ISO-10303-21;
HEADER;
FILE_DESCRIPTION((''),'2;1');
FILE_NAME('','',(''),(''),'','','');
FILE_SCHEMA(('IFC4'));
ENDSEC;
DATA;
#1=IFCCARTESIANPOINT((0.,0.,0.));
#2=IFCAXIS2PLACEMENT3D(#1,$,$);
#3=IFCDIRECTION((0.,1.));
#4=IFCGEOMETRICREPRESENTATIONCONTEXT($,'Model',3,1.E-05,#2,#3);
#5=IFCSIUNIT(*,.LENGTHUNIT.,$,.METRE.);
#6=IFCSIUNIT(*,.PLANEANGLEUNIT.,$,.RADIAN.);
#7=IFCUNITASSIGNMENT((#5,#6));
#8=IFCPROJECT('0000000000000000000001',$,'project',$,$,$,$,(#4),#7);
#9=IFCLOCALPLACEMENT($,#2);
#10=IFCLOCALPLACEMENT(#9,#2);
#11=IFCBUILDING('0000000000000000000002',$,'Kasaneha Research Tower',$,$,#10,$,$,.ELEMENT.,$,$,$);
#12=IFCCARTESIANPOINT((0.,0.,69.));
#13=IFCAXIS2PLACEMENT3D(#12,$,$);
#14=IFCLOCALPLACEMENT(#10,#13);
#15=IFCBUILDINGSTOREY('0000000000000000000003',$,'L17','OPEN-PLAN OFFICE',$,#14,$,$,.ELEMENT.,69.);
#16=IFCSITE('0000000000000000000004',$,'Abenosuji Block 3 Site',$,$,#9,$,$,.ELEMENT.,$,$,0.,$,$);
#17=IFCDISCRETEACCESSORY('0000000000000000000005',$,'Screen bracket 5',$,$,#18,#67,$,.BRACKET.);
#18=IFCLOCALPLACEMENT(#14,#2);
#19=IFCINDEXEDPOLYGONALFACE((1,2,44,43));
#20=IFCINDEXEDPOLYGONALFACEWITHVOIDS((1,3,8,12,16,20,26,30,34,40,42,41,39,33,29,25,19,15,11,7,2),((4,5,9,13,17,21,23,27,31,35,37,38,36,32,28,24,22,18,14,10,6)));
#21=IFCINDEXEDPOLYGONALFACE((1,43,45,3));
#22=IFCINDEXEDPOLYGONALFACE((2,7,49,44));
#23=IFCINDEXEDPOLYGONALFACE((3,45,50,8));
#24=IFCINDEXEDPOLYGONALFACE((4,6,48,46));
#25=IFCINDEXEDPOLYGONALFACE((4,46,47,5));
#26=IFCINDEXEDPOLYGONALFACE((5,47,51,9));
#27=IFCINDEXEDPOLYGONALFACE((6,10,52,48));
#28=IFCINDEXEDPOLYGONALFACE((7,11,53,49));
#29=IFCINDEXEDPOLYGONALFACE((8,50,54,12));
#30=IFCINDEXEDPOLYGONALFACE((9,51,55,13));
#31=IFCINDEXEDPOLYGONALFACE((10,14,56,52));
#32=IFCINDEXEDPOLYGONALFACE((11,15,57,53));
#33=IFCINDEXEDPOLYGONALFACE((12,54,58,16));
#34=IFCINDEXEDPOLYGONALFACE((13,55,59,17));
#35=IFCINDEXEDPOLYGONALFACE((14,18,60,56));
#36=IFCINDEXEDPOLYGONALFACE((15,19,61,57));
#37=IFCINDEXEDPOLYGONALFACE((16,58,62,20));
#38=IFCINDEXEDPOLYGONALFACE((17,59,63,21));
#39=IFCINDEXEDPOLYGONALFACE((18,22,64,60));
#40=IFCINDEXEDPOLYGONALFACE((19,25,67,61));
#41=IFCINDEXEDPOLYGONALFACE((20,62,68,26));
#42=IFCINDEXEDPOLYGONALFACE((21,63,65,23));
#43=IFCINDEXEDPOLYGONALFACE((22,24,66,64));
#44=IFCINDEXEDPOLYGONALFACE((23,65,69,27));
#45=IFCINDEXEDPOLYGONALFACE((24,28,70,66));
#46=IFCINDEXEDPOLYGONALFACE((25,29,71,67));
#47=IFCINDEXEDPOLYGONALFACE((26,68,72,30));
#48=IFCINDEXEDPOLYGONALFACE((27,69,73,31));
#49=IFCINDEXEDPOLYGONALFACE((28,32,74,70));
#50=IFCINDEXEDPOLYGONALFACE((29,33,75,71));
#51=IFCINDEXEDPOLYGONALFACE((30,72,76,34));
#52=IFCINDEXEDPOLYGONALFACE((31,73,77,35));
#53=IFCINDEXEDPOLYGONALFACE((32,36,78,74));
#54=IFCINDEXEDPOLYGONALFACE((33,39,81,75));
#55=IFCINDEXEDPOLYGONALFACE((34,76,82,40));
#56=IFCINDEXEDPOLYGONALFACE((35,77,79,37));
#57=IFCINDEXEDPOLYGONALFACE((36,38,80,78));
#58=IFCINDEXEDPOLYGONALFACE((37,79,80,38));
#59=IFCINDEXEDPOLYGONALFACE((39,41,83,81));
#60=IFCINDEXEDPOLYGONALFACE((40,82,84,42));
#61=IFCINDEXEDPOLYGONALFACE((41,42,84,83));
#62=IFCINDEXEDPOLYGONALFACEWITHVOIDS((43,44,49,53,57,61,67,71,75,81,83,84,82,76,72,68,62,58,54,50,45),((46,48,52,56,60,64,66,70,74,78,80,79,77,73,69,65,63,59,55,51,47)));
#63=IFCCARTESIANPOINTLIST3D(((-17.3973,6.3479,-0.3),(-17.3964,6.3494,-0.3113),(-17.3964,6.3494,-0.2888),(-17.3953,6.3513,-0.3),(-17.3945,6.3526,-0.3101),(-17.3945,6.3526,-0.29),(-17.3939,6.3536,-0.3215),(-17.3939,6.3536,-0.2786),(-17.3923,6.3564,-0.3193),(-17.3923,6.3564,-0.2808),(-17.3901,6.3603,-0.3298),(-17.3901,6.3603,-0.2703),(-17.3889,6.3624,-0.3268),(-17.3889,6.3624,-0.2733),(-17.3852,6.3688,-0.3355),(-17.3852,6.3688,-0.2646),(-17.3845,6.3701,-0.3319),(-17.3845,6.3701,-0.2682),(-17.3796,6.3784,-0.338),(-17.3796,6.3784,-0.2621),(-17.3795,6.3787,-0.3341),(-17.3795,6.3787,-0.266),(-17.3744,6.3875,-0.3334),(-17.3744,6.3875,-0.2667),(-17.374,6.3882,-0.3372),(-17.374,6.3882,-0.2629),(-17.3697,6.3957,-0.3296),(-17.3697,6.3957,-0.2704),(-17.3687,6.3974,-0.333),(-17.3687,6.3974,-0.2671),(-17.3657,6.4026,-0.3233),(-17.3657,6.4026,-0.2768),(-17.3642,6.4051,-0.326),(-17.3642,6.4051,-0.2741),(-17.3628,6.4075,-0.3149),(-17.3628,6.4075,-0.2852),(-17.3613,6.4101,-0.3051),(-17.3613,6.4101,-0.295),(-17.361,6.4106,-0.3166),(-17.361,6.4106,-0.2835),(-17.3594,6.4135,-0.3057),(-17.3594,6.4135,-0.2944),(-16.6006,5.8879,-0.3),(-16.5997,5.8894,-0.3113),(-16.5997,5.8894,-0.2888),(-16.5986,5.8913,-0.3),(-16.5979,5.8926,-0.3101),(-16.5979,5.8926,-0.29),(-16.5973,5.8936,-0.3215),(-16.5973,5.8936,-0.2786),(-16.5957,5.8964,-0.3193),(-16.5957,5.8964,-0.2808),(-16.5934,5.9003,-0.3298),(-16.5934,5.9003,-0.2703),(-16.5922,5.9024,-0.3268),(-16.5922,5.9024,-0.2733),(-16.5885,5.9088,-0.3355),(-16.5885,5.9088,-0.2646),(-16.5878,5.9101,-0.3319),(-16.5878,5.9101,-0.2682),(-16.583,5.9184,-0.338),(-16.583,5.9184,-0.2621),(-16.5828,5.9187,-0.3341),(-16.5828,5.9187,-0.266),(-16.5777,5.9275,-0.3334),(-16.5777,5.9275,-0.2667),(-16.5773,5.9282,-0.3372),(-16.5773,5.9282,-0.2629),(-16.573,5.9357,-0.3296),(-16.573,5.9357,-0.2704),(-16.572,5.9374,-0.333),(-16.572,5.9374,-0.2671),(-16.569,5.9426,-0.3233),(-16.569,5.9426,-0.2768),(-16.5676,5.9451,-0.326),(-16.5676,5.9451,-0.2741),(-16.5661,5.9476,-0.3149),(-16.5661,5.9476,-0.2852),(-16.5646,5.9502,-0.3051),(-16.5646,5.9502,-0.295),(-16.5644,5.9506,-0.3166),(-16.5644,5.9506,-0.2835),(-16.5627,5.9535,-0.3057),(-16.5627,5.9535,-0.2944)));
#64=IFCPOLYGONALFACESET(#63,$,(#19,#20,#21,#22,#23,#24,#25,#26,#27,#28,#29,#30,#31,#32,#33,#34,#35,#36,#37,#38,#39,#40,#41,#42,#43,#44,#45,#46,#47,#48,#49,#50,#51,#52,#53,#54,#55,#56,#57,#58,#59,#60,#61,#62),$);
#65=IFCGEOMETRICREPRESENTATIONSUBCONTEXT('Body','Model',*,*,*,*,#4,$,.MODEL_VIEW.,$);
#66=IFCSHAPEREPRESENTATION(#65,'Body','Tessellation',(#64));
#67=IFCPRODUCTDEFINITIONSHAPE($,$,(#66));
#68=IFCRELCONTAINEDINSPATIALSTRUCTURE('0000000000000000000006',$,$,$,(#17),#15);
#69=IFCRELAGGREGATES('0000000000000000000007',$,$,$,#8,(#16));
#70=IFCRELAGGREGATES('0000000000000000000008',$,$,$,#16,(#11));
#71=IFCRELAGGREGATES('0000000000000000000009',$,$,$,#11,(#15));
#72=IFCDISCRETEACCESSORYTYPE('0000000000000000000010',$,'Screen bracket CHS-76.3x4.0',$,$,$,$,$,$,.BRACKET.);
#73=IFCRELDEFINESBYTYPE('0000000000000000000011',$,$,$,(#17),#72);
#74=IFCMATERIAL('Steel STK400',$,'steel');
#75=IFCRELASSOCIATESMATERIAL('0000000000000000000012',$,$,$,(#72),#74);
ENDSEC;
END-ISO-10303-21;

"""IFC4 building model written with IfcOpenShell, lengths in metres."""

from ifc_helpers import new_model, si_unit, direction, frame, origin, origin_2d, place, context, subcontext, project, spatial, hollow_circle, extrude, material, material_profile, profile_set, type_object, element, save


model = new_model("IFC4")

# Units and contexts
model_context = context("Model", 3, precision=1e-05, world=origin(), true_north=direction((0.0, 1.0)))
body_context = subcontext(model_context, "Body", "Model", "MODEL_VIEW")
ifc_project = project(units=[si_unit("LENGTHUNIT", "METRE"), si_unit("PLANEANGLEUNIT", "RADIAN")], contexts=[model_context])

# Site, building, storey
site_placement = place(None, origin())
site = spatial("IfcSite", under=ifc_project, at=site_placement, Name="Abenosuji Block 3 Site", CompositionType="ELEMENT", RefElevation=0.0)
building_placement = place(site_placement, origin())
building = spatial("IfcBuilding", under=site, at=building_placement, Name="Kasaneha Research Tower", CompositionType="ELEMENT")
storey_placement = place(building_placement, frame((0.0, 0.0, 69.0)))
storey = spatial("IfcBuildingStorey", under=building, at=storey_placement, Name="L17", Description="OPEN-PLAN OFFICE", CompositionType="ELEMENT", Elevation=69.0)

# Discrete accessory
ifc_material_1 = material(Name="Steel STK400", Category="steel")
ifc_material_profile_1 = material_profile(ifc_material_1, hollow_circle(Radius=0.0381, WallThickness=0.0039, at=origin_2d()), Name="CHS-76.3x4.0")
ifc_profile_set_1 = profile_set([ifc_material_profile_1], Name="Steel STK400")
discrete_accessory_type = type_object("IfcDiscreteAccessoryType", Name="Screen bracket CHS-76.3x4.0", PredefinedType="BRACKET", material=ifc_profile_set_1)
for number, where, z_axis, x_axis, name in (
    (1, (-16.5815, 5.9209, -0.3), (-0.866013, 0.500021, 0.0), (-0.500021, -0.866013, 0.0), "Screen bracket 5"),
):
    element("IfcDiscreteAccessory", number, at=place(storey_placement, frame(where, z_axis=z_axis, x_axis=x_axis)), inside=storey, type_object=discrete_accessory_type, Name=name, PredefinedType="BRACKET", context=body_context, shape_type="SweptSolid", body=[
        extrude(hollow_circle(Radius=0.0381, WallThickness=0.0039, at=origin_2d()), origin(), (0.0, 0.0, 1.0), 0.9199),
    ])

save(model, "model.ifc")
